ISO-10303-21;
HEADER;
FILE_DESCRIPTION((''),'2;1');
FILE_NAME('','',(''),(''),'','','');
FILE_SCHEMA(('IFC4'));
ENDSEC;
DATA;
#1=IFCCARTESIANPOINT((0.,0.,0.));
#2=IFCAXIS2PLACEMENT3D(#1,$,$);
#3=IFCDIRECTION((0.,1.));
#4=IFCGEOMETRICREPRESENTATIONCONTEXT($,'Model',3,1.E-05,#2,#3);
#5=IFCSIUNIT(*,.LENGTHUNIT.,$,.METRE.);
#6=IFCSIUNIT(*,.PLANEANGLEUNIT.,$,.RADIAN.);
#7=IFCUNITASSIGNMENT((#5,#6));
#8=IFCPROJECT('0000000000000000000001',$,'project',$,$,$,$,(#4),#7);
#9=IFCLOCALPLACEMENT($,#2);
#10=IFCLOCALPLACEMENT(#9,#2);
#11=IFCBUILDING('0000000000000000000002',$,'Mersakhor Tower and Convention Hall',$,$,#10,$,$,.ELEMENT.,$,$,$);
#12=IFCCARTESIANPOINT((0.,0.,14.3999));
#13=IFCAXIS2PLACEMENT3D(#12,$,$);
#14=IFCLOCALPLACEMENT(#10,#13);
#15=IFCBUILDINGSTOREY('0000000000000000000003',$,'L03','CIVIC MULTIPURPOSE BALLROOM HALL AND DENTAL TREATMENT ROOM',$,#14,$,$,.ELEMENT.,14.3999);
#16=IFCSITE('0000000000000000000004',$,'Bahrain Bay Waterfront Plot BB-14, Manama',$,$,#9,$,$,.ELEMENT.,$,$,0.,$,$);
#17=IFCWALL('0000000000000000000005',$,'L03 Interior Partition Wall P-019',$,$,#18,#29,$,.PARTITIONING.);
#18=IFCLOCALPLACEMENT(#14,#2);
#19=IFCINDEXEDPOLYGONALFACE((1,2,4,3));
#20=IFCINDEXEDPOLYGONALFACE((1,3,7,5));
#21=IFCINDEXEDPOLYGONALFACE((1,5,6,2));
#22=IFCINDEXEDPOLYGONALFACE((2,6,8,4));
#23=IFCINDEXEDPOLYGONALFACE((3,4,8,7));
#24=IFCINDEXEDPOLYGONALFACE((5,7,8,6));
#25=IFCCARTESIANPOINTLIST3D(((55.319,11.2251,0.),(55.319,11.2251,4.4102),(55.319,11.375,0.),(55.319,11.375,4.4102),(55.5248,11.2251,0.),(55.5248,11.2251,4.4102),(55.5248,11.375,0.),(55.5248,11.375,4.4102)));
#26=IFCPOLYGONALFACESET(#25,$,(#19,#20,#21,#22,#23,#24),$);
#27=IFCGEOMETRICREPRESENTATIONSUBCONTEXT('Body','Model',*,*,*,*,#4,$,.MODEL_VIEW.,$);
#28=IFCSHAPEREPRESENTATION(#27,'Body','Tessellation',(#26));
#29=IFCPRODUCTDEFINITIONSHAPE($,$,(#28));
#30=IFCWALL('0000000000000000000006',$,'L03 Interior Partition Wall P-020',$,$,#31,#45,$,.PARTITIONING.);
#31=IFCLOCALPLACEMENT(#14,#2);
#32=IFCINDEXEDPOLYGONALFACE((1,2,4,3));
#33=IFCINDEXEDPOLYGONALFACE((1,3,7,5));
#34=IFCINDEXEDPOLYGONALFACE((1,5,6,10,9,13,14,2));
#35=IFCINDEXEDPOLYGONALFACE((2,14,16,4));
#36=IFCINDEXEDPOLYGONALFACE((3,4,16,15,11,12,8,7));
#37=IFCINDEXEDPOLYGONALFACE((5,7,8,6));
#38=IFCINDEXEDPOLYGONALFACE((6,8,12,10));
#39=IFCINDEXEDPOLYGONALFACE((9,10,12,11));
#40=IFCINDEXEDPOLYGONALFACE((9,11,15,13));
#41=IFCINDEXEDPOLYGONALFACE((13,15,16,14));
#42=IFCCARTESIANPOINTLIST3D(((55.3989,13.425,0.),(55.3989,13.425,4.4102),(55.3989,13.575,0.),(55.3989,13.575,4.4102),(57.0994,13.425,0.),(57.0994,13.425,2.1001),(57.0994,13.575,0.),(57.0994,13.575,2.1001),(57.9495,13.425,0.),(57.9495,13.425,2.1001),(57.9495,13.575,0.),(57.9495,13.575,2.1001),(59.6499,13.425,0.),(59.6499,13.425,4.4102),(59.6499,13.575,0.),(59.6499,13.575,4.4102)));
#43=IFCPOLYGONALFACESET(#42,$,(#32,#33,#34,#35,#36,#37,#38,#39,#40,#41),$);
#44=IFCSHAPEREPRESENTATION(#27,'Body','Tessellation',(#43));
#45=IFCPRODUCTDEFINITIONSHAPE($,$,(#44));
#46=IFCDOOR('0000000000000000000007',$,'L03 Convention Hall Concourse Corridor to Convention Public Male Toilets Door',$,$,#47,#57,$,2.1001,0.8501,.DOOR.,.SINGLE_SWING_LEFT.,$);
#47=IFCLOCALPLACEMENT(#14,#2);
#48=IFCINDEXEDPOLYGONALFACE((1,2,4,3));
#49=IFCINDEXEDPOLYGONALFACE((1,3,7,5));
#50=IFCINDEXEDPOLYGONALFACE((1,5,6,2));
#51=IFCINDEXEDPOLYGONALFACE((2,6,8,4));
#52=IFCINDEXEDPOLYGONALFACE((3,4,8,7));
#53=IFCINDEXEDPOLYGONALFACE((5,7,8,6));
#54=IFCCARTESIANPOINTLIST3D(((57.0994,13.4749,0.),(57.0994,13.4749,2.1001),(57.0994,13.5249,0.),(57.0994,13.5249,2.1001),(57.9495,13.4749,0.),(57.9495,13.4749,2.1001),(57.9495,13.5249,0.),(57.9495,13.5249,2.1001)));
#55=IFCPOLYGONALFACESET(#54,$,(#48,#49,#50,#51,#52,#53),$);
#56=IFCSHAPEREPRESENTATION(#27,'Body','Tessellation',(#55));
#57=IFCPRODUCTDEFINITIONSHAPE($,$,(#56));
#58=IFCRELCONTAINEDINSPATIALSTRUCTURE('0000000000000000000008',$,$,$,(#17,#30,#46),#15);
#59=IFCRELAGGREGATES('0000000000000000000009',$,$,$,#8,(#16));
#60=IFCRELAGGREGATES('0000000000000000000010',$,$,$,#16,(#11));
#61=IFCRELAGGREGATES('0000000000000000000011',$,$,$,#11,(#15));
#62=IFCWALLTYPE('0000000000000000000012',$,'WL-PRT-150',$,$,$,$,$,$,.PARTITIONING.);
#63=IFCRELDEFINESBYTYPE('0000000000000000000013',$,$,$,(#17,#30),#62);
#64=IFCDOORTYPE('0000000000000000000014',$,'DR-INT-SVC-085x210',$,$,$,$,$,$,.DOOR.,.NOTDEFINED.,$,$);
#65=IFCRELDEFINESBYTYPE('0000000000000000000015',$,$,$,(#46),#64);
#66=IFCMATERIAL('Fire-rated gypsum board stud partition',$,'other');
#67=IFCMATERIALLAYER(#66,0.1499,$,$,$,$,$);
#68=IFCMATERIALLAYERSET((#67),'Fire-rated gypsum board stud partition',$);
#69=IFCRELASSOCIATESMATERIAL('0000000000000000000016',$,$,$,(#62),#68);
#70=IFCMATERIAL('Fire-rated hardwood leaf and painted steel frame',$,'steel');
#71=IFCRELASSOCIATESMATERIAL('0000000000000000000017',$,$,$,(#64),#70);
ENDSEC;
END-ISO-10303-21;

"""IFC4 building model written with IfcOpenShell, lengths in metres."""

from ifc_helpers import new_model, si_unit, direction, frame, frame_2d, origin, place, context, subcontext, project, spatial, rectangle, extrude, material, layer, layer_set, type_object, element, fill, save


model = new_model("IFC4")

# Units and contexts
model_context = context("Model", 3, precision=1e-05, world=origin(), true_north=direction((0.0, 1.0)))
body_context = subcontext(model_context, "Body", "Model", "MODEL_VIEW")
ifc_project = project(units=[si_unit("LENGTHUNIT", "METRE"), si_unit("PLANEANGLEUNIT", "RADIAN")], contexts=[model_context])

# Site, building, storey
site_placement = place(None, origin())
site = spatial("IfcSite", under=ifc_project, at=site_placement, Name="Bahrain Bay Waterfront Plot BB-14, Manama", CompositionType="ELEMENT", RefElevation=0.0)
building_placement = place(site_placement, origin())
building = spatial("IfcBuilding", under=site, at=building_placement, Name="Mersakhor Tower and Convention Hall", CompositionType="ELEMENT")
storey_placement = place(building_placement, frame((0.0, 0.0, 14.3999)))
storey = spatial("IfcBuildingStorey", under=building, at=storey_placement, Name="L03", Description="CIVIC MULTIPURPOSE BALLROOM HALL AND DENTAL TREATMENT ROOM", CompositionType="ELEMENT", Elevation=14.3999)

# Wall
ifc_material_1 = material(Name="Fire-rated gypsum board stud partition", Category="other")
ifc_layer_1 = layer(ifc_material_1, 0.1499)
ifc_layer_set_1 = layer_set([ifc_layer_1], Name="Fire-rated gypsum board stud partition")
wall_type_1 = type_object("IfcWallType", Name="WL-PRT-150", PredefinedType="PARTITIONING", material=ifc_layer_set_1)
wall_1_placement = place(storey_placement, frame((55.5249, 11.3, 0.0), z_axis=(0.0, 0.0, 1.0), x_axis=(-1.0, 0.0, 0.0)))
element("IfcWall", 1, at=wall_1_placement, inside=storey, type_object=wall_type_1, Name="L03 Interior Partition Wall P-019", PredefinedType="PARTITIONING", context=body_context, shape_type="SweptSolid", body=[
    extrude(rectangle(XDim=0.2058, YDim=0.1499, at=frame_2d((0.103, 0.0))), origin(), (0.0, 0.0, 1.0), 4.4102),
])

# Wall, opening, door
wall_2_placement = place(storey_placement, frame((55.3989, 13.5, 0.0), z_axis=(0.0, 0.0, 1.0), x_axis=(1.0, 0.0, 0.0)))
wall_2 = element("IfcWall", 2, at=wall_2_placement, inside=storey, type_object=wall_type_1, Name="L03 Interior Partition Wall P-020", PredefinedType="PARTITIONING", context=body_context, shape_type="SweptSolid", body=[
    extrude(rectangle(XDim=4.251, YDim=0.1499, at=frame_2d((2.1255, 0.0))), origin(), (0.0, 0.0, 1.0), 4.4102),
])
opening_1_placement = place(wall_2_placement, frame((1.7004, 0.0, 0.0)))
opening_1 = element("IfcOpeningElement", 3, at=opening_1_placement, cuts=wall_2, PredefinedType="OPENING", context=body_context, shape_type="SweptSolid", body=[
    extrude(rectangle(XDim=0.8501, YDim=2.1001, at=frame_2d((0.425, 1.05))), frame((0.0, 0.085, 0.0), z_axis=(0.0, -1.0, 0.0), x_axis=(1.0, 0.0, 0.0)), (0.0, 0.0, 1.0), 0.1699),
])
ifc_material_2 = material(Name="Fire-rated hardwood leaf and painted steel frame", Category="steel")
door_type = type_object("IfcDoorType", Name="DR-INT-SVC-085x210", OperationType="NOTDEFINED", PredefinedType="DOOR", material=ifc_material_2)
door_placement = place(opening_1_placement, origin())
door = element("IfcDoor", 4, at=door_placement, inside=storey, type_object=door_type, Name="L03 Convention Hall Concourse Corridor to Convention Public Male Toilets Door", OperationType="SINGLE_SWING_LEFT", OverallHeight=2.1001, OverallWidth=0.8501, PredefinedType="DOOR", context=body_context, shape_type="SweptSolid", body=[
    extrude(rectangle(XDim=0.8501, YDim=2.1001, at=frame_2d((0.425, 1.05))), frame((0.0, 0.0249, 0.0), z_axis=(0.0, -1.0, 0.0), x_axis=(1.0, 0.0, 0.0)), (0.0, 0.0, 1.0), 0.05),
])
fill(opening_1, door)

save(model, "model.ifc")
